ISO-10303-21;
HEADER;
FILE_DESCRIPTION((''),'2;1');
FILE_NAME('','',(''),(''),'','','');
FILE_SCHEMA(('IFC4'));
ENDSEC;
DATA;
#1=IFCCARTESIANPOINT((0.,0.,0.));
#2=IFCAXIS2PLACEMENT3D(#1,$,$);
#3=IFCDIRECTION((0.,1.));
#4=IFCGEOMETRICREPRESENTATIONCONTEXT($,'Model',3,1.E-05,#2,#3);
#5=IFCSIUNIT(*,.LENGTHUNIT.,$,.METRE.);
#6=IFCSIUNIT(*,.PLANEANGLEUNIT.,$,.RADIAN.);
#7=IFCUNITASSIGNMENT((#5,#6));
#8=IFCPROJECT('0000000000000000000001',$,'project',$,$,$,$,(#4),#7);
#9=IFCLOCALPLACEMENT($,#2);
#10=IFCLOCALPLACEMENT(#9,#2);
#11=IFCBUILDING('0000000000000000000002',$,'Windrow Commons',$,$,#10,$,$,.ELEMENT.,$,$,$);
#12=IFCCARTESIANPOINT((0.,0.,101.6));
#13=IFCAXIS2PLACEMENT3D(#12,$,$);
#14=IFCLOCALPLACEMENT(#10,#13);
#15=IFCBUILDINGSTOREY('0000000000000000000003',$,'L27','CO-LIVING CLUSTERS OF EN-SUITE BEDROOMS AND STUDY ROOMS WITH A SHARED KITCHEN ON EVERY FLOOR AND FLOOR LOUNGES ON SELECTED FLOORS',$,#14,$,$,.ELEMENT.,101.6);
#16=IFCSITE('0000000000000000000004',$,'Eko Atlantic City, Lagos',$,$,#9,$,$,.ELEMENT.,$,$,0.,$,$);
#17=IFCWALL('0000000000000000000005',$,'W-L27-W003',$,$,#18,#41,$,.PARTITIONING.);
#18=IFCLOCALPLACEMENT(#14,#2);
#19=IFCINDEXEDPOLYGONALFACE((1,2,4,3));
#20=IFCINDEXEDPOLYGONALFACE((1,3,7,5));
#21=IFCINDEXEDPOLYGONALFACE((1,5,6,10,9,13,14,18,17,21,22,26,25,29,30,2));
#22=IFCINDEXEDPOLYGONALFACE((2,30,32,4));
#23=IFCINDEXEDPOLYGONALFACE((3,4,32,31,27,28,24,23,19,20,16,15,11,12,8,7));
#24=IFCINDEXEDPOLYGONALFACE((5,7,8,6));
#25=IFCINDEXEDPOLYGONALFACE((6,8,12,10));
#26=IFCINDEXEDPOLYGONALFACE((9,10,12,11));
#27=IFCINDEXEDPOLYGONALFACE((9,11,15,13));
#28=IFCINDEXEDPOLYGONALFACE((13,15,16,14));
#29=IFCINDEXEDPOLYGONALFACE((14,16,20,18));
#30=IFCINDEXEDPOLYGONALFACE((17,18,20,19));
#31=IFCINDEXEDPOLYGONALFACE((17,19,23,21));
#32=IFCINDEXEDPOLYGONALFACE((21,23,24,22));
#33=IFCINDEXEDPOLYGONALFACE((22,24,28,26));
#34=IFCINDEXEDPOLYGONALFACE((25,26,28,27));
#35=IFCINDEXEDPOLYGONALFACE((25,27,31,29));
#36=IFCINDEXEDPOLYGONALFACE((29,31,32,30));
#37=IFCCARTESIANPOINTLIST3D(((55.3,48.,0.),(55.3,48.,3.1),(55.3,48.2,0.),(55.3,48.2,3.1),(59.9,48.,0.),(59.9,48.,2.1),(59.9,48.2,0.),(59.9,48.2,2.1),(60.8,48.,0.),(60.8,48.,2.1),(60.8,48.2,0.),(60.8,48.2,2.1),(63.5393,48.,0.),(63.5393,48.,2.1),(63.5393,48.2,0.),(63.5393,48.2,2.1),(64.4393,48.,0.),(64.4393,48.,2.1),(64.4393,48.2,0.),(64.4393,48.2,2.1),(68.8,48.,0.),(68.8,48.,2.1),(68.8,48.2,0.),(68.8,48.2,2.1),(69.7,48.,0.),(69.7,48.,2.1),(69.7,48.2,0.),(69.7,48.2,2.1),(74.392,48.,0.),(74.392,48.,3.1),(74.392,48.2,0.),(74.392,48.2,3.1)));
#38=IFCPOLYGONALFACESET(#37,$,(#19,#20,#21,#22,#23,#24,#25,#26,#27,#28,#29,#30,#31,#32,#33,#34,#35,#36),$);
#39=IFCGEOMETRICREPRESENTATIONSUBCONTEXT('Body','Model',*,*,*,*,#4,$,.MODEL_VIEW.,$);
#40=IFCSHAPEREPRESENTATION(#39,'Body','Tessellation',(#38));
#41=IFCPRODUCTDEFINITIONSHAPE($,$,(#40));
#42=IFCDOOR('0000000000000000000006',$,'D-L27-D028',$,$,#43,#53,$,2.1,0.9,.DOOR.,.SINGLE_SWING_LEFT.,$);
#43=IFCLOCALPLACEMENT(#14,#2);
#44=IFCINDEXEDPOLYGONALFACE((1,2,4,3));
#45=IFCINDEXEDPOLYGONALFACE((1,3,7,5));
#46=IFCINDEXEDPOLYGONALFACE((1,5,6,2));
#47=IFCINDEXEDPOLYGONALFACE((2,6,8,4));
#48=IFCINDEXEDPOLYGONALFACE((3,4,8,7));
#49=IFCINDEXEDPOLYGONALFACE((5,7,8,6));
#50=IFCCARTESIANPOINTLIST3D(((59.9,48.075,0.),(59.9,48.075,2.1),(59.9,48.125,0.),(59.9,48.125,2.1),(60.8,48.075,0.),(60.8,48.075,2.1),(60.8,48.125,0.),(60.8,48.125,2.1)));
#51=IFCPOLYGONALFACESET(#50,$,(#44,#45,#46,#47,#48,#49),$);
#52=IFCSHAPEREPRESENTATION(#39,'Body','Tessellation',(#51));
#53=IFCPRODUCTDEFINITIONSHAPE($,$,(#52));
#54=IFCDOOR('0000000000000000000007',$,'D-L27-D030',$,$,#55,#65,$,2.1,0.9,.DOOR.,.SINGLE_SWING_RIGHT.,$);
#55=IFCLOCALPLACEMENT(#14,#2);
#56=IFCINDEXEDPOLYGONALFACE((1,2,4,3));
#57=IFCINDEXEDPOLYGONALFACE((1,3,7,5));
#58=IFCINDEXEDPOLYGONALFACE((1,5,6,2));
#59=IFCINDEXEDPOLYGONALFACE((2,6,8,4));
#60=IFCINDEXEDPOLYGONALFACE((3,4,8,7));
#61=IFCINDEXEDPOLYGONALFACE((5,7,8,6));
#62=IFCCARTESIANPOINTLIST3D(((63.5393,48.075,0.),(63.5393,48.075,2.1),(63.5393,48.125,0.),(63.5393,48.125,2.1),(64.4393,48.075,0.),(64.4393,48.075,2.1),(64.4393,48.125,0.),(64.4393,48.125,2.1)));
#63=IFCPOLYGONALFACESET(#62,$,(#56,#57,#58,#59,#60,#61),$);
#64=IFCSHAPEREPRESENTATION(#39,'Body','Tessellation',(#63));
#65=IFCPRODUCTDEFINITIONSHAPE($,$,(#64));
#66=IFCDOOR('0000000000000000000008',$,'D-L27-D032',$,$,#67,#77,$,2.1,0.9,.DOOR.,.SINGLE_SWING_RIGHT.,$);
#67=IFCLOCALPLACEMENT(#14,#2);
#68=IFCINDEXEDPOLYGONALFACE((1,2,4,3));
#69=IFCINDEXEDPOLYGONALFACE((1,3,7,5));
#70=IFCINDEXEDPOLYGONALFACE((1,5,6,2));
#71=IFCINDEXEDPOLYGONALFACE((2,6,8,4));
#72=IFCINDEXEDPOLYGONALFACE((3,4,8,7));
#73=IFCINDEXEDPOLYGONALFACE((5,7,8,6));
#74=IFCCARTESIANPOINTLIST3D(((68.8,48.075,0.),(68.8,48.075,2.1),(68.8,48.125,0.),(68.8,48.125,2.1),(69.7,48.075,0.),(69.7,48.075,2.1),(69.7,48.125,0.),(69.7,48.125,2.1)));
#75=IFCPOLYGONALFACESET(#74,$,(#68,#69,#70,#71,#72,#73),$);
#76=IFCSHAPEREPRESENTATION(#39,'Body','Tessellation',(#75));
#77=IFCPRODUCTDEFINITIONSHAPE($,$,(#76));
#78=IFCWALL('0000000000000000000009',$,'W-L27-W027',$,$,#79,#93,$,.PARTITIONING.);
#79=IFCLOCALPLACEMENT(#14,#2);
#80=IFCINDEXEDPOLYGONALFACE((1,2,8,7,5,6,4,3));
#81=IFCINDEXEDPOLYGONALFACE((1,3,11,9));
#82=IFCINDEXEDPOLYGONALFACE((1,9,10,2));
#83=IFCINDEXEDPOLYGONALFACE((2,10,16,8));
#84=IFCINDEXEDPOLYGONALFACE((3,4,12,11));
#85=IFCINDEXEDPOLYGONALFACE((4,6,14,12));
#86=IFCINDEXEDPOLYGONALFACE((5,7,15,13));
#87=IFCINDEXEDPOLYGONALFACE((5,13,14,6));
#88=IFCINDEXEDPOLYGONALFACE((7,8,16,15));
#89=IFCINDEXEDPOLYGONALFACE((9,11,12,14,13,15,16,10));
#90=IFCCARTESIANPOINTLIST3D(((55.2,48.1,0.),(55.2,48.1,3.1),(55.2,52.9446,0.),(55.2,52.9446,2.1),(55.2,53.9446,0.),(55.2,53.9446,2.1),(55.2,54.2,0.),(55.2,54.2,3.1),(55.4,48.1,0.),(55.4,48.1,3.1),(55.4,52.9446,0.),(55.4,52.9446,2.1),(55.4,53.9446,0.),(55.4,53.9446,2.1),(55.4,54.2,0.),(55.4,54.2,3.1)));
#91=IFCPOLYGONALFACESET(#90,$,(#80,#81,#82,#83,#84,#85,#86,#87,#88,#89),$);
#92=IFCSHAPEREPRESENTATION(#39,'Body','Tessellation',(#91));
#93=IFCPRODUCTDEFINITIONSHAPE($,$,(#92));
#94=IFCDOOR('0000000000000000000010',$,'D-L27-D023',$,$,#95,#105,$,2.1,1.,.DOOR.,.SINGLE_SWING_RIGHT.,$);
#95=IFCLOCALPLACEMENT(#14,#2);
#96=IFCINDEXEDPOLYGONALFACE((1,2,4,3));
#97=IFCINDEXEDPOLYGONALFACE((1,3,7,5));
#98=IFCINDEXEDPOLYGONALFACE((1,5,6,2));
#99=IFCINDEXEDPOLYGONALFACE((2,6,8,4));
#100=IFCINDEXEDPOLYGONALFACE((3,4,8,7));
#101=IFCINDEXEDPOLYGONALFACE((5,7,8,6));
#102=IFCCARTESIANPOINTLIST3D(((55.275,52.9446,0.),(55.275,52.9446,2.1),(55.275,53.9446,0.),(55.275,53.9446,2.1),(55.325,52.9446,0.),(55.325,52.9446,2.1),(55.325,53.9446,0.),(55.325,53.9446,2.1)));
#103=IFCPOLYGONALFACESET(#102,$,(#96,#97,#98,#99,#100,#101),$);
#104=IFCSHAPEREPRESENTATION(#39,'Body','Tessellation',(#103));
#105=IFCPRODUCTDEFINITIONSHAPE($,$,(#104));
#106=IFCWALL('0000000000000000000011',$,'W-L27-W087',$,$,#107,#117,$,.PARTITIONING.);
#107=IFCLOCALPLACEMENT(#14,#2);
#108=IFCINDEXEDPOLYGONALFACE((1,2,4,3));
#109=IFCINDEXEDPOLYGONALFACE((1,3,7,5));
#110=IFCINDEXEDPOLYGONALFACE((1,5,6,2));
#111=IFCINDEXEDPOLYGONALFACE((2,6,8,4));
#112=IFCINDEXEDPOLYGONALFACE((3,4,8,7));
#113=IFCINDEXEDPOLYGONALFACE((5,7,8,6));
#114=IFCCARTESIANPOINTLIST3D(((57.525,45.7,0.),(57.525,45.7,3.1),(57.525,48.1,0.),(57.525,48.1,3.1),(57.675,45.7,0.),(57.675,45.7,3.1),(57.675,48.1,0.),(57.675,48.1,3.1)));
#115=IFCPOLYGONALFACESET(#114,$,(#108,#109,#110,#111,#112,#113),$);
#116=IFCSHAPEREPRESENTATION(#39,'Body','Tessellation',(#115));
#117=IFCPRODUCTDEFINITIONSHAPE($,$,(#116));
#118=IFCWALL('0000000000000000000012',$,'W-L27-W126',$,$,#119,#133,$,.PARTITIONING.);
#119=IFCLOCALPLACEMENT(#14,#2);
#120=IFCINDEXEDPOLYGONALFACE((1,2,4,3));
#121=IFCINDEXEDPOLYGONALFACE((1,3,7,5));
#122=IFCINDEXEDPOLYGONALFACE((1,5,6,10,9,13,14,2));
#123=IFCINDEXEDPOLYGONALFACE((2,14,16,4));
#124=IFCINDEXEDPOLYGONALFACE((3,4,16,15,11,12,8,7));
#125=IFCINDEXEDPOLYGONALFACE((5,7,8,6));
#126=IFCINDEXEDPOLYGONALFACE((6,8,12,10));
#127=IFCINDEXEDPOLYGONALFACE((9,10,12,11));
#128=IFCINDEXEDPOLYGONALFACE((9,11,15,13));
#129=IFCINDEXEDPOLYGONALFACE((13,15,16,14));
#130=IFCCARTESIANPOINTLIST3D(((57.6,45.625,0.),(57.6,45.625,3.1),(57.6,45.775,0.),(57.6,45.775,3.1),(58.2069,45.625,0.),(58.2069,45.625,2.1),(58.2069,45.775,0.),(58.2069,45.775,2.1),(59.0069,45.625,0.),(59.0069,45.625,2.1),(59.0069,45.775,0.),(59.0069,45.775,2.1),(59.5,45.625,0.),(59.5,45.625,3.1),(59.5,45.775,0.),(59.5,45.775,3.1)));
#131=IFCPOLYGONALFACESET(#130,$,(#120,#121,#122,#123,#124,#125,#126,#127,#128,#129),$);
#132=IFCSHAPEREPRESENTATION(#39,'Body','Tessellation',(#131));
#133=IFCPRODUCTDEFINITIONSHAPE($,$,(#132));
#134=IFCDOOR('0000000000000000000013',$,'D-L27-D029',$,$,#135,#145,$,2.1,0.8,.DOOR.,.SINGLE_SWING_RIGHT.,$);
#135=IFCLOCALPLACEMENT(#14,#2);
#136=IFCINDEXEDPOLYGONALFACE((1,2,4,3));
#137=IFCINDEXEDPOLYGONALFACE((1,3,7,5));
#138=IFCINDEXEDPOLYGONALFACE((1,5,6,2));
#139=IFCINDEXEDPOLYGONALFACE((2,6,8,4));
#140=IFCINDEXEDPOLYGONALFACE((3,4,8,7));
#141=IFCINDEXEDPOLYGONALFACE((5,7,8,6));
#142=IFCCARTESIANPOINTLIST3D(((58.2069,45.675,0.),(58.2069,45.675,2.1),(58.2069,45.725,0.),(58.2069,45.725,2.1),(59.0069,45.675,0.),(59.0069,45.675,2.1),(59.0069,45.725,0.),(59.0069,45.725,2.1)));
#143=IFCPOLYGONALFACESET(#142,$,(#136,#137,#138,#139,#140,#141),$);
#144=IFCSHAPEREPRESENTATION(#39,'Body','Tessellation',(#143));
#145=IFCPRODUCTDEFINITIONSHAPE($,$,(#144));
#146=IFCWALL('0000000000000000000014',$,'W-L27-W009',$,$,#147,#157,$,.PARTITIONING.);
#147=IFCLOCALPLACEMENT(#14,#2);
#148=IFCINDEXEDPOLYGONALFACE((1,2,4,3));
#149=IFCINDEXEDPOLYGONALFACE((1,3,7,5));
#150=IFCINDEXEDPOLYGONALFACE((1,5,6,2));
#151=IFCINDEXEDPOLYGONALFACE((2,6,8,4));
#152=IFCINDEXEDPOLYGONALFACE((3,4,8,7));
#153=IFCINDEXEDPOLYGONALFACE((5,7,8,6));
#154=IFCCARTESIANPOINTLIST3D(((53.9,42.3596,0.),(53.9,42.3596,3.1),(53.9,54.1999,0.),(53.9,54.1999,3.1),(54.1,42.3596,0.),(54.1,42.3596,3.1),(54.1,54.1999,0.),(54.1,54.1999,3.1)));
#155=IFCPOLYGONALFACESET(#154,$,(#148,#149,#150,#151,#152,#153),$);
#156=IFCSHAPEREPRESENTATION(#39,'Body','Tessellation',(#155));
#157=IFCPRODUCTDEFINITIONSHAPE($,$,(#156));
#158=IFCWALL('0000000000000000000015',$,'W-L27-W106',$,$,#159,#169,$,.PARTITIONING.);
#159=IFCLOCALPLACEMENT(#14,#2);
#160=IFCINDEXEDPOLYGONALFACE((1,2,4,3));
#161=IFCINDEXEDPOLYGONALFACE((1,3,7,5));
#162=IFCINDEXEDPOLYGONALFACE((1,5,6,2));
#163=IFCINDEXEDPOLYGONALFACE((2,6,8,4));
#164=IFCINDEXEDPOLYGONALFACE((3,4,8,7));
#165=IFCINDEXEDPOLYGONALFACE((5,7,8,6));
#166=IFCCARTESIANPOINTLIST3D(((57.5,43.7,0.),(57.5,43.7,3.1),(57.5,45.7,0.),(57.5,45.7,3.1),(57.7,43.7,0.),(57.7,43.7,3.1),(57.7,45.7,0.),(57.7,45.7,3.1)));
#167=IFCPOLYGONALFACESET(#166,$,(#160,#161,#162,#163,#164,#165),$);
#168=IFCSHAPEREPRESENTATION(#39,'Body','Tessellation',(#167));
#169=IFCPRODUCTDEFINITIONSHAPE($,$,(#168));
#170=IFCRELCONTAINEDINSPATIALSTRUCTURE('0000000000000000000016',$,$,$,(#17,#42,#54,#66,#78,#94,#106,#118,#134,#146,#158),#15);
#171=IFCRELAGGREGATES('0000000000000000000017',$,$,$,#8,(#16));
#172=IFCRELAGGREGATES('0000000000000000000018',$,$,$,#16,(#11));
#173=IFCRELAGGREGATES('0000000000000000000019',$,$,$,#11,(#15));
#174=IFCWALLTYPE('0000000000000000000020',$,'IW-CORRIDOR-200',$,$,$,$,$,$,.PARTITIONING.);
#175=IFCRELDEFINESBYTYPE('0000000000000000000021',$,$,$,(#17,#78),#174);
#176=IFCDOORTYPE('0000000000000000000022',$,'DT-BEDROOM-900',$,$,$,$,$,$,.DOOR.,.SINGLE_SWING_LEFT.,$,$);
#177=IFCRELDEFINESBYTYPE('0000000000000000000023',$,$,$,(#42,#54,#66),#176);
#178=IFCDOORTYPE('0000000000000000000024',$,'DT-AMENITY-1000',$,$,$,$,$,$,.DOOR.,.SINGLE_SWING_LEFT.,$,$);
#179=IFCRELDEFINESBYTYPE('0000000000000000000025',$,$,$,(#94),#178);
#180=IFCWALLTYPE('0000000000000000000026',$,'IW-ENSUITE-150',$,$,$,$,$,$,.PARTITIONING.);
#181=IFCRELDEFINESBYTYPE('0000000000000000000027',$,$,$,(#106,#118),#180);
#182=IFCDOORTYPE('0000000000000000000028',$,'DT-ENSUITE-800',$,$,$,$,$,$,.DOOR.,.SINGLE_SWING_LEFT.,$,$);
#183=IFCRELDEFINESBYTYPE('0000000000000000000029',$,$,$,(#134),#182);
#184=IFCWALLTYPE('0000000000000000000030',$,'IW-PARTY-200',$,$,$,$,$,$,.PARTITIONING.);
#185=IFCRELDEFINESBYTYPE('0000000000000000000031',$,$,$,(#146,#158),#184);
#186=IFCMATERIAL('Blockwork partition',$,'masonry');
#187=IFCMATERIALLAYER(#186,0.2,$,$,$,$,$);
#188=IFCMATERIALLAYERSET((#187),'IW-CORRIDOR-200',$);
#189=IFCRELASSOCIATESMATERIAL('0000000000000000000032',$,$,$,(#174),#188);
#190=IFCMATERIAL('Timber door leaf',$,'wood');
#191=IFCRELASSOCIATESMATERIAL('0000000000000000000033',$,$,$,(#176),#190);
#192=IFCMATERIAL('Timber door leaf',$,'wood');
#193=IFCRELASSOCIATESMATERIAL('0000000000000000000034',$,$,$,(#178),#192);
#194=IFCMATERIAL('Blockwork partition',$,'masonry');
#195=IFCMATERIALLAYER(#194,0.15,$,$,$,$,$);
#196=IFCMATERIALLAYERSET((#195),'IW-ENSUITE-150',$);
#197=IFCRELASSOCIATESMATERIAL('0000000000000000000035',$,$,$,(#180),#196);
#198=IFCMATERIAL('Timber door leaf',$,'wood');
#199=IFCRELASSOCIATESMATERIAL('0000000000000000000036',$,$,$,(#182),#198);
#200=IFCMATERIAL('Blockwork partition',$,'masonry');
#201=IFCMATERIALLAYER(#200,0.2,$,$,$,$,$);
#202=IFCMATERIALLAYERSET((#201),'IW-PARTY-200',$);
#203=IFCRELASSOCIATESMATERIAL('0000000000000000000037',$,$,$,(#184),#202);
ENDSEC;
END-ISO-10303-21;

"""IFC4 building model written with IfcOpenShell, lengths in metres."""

from ifc_helpers import new_model, si_unit, direction, frame, frame_2d, origin, place, context, subcontext, project, spatial, rectangle, extrude, material, layer, layer_set, type_object, element, fill, save


model = new_model("IFC4")

# Units and contexts
model_context = context("Model", 3, precision=1e-05, world=origin(), true_north=direction((0.0, 1.0)))
body_context = subcontext(model_context, "Body", "Model", "MODEL_VIEW")
ifc_project = project(units=[si_unit("LENGTHUNIT", "METRE"), si_unit("PLANEANGLEUNIT", "RADIAN")], contexts=[model_context])

# Site, building, storey
site_placement = place(None, origin())
site = spatial("IfcSite", under=ifc_project, at=site_placement, Name="Eko Atlantic City, Lagos", CompositionType="ELEMENT", RefElevation=0.0)
building_placement = place(site_placement, origin())
building = spatial("IfcBuilding", under=site, at=building_placement, Name="Windrow Commons", CompositionType="ELEMENT")
storey_placement = place(building_placement, frame((0.0, 0.0, 101.6)))
storey = spatial("IfcBuildingStorey", under=building, at=storey_placement, Name="L27", Description="CO-LIVING CLUSTERS OF EN-SUITE BEDROOMS AND STUDY ROOMS WITH A SHARED KITCHEN ON EVERY FLOOR AND FLOOR LOUNGES ON SELECTED FLOORS", CompositionType="ELEMENT", Elevation=101.6)

# Wall, openings, doors
ifc_material_1 = material(Name="Blockwork partition", Category="masonry")
ifc_layer_1 = layer(ifc_material_1, 0.2)
ifc_layer_set_1 = layer_set([ifc_layer_1], Name="IW-CORRIDOR-200")
wall_type_1 = type_object("IfcWallType", Name="IW-CORRIDOR-200", PredefinedType="PARTITIONING", material=ifc_layer_set_1)
wall_1_placement = place(storey_placement, frame((55.3, 48.1, 0.0), z_axis=(0.0, 0.0, 1.0), x_axis=(1.0, 0.0, 0.0)))
wall_1 = element("IfcWall", 1, at=wall_1_placement, inside=storey, type_object=wall_type_1, Name="W-L27-W003", PredefinedType="PARTITIONING", context=body_context, shape_type="SweptSolid", body=[
    extrude(rectangle(XDim=19.092, YDim=0.2, at=frame_2d((9.546, 0.0))), origin(), (0.0, 0.0, 1.0), 3.1),
])
opening_1_placement = place(wall_1_placement, frame((4.6, 0.0, 0.0)))
opening_1 = element("IfcOpeningElement", 2, at=opening_1_placement, cuts=wall_1, PredefinedType="OPENING", context=body_context, shape_type="SweptSolid", body=[
    extrude(rectangle(XDim=0.9, YDim=2.1, at=frame_2d((0.45, 1.05))), frame((0.0, 0.11, 0.0), z_axis=(0.0, -1.0, 0.0), x_axis=(1.0, 0.0, 0.0)), (0.0, 0.0, 1.0), 0.22),
])
opening_2_placement = place(wall_1_placement, frame((8.2393, 0.0, 0.0)))
opening_2 = element("IfcOpeningElement", 3, at=opening_2_placement, cuts=wall_1, PredefinedType="OPENING", context=body_context, shape_type="SweptSolid", body=[
    extrude(rectangle(XDim=0.9, YDim=2.1, at=frame_2d((0.45, 1.05))), frame((0.0, 0.11, 0.0), z_axis=(0.0, -1.0, 0.0), x_axis=(1.0, 0.0, 0.0)), (0.0, 0.0, 1.0), 0.22),
])
opening_3_placement = place(wall_1_placement, frame((13.5, 0.0, 0.0)))
opening_3 = element("IfcOpeningElement", 4, at=opening_3_placement, cuts=wall_1, PredefinedType="OPENING", context=body_context, shape_type="SweptSolid", body=[
    extrude(rectangle(XDim=0.9, YDim=2.1, at=frame_2d((0.45, 1.05))), frame((0.0, 0.11, 0.0), z_axis=(0.0, -1.0, 0.0), x_axis=(1.0, 0.0, 0.0)), (0.0, 0.0, 1.0), 0.22),
])
ifc_material_2 = material(Name="Timber door leaf", Category="wood")
door_type_1 = type_object("IfcDoorType", Name="DT-BEDROOM-900", OperationType="SINGLE_SWING_LEFT", PredefinedType="DOOR", material=ifc_material_2)
door_1_placement = place(opening_1_placement, origin())
door_1 = element("IfcDoor", 5, at=door_1_placement, inside=storey, type_object=door_type_1, Name="D-L27-D028", OperationType="SINGLE_SWING_LEFT", OverallHeight=2.1, OverallWidth=0.9, PredefinedType="DOOR", context=body_context, shape_type="SweptSolid", body=[
    extrude(rectangle(XDim=0.9, YDim=2.1, at=frame_2d((0.45, 1.05))), frame((0.0, 0.025, 0.0), z_axis=(0.0, -1.0, 0.0), x_axis=(1.0, 0.0, 0.0)), (0.0, 0.0, 1.0), 0.05),
])
fill(opening_1, door_1)
door_2_placement = place(opening_2_placement, origin())
door_2 = element("IfcDoor", 6, at=door_2_placement, inside=storey, type_object=door_type_1, Name="D-L27-D030", OperationType="SINGLE_SWING_RIGHT", OverallHeight=2.1, OverallWidth=0.9, PredefinedType="DOOR", context=body_context, shape_type="SweptSolid", body=[
    extrude(rectangle(XDim=0.9, YDim=2.1, at=frame_2d((0.45, 1.05))), frame((0.0, 0.025, 0.0), z_axis=(0.0, -1.0, 0.0), x_axis=(1.0, 0.0, 0.0)), (0.0, 0.0, 1.0), 0.05),
])
fill(opening_2, door_2)
door_3_placement = place(opening_3_placement, origin())
door_3 = element("IfcDoor", 7, at=door_3_placement, inside=storey, type_object=door_type_1, Name="D-L27-D032", OperationType="SINGLE_SWING_RIGHT", OverallHeight=2.1, OverallWidth=0.9, PredefinedType="DOOR", context=body_context, shape_type="SweptSolid", body=[
    extrude(rectangle(XDim=0.9, YDim=2.1, at=frame_2d((0.45, 1.05))), frame((0.0, 0.025, 0.0), z_axis=(0.0, -1.0, 0.0), x_axis=(1.0, 0.0, 0.0)), (0.0, 0.0, 1.0), 0.05),
])
fill(opening_3, door_3)

# Wall, opening, door
wall_2_placement = place(storey_placement, frame((55.3, 48.1, 0.0), z_axis=(0.0, 0.0, 1.0), x_axis=(0.0, 1.0, 0.0)))
wall_2 = element("IfcWall", 8, at=wall_2_placement, inside=storey, type_object=wall_type_1, Name="W-L27-W027", PredefinedType="PARTITIONING", context=body_context, shape_type="SweptSolid", body=[
    extrude(rectangle(XDim=6.1, YDim=0.2, at=frame_2d((3.05, 0.0))), origin(), (0.0, 0.0, 1.0), 3.1),
])
opening_4_placement = place(wall_2_placement, frame((4.8446, 0.0, 0.0)))
opening_4 = element("IfcOpeningElement", 9, at=opening_4_placement, cuts=wall_2, PredefinedType="OPENING", context=body_context, shape_type="SweptSolid", body=[
    extrude(rectangle(XDim=1.0, YDim=2.1, at=frame_2d((0.5, 1.05))), frame((0.0, 0.11, 0.0), z_axis=(0.0, -1.0, 0.0), x_axis=(1.0, 0.0, 0.0)), (0.0, 0.0, 1.0), 0.22),
])
ifc_material_3 = material(Name="Timber door leaf", Category="wood")
door_type_2 = type_object("IfcDoorType", Name="DT-AMENITY-1000", OperationType="SINGLE_SWING_LEFT", PredefinedType="DOOR", material=ifc_material_3)
door_4_placement = place(opening_4_placement, origin())
door_4 = element("IfcDoor", 10, at=door_4_placement, inside=storey, type_object=door_type_2, Name="D-L27-D023", OperationType="SINGLE_SWING_RIGHT", OverallHeight=2.1, OverallWidth=1.0, PredefinedType="DOOR", context=body_context, shape_type="SweptSolid", body=[
    extrude(rectangle(XDim=1.0, YDim=2.1, at=frame_2d((0.5, 1.05))), frame((0.0, 0.025, 0.0), z_axis=(0.0, -1.0, 0.0), x_axis=(1.0, 0.0, 0.0)), (0.0, 0.0, 1.0), 0.05),
])
fill(opening_4, door_4)

# Wall
ifc_material_4 = material(Name="Blockwork partition", Category="masonry")
ifc_layer_2 = layer(ifc_material_4, 0.15)
ifc_layer_set_2 = layer_set([ifc_layer_2], Name="IW-ENSUITE-150")
wall_type_2 = type_object("IfcWallType", Name="IW-ENSUITE-150", PredefinedType="PARTITIONING", material=ifc_layer_set_2)
wall_3_placement = place(storey_placement, frame((57.6, 45.7, 0.0), z_axis=(0.0, 0.0, 1.0), x_axis=(0.0, 1.0, 0.0)))
element("IfcWall", 11, at=wall_3_placement, inside=storey, type_object=wall_type_2, Name="W-L27-W087", PredefinedType="PARTITIONING", context=body_context, shape_type="SweptSolid", body=[
    extrude(rectangle(XDim=2.4, YDim=0.15, at=frame_2d((1.2, 0.0))), origin(), (0.0, 0.0, 1.0), 3.1),
])

# Wall, opening, door
wall_4_placement = place(storey_placement, frame((57.6, 45.7, 0.0), z_axis=(0.0, 0.0, 1.0), x_axis=(1.0, 0.0, 0.0)))
wall_4 = element("IfcWall", 12, at=wall_4_placement, inside=storey, type_object=wall_type_2, Name="W-L27-W126", PredefinedType="PARTITIONING", context=body_context, shape_type="SweptSolid", body=[
    extrude(rectangle(XDim=1.9, YDim=0.15, at=frame_2d((0.95, 0.0))), origin(), (0.0, 0.0, 1.0), 3.1),
])
opening_5_placement = place(wall_4_placement, frame((0.6069, 0.0, 0.0)))
opening_5 = element("IfcOpeningElement", 13, at=opening_5_placement, cuts=wall_4, PredefinedType="OPENING", context=body_context, shape_type="SweptSolid", body=[
    extrude(rectangle(XDim=0.8, YDim=2.1, at=frame_2d((0.4, 1.05))), frame((0.0, 0.085, 0.0), z_axis=(0.0, -1.0, 0.0), x_axis=(1.0, 0.0, 0.0)), (0.0, 0.0, 1.0), 0.17),
])
ifc_material_5 = material(Name="Timber door leaf", Category="wood")
door_type_3 = type_object("IfcDoorType", Name="DT-ENSUITE-800", OperationType="SINGLE_SWING_LEFT", PredefinedType="DOOR", material=ifc_material_5)
door_5_placement = place(opening_5_placement, origin())
door_5 = element("IfcDoor", 14, at=door_5_placement, inside=storey, type_object=door_type_3, Name="D-L27-D029", OperationType="SINGLE_SWING_RIGHT", OverallHeight=2.1, OverallWidth=0.8, PredefinedType="DOOR", context=body_context, shape_type="SweptSolid", body=[
    extrude(rectangle(XDim=0.8, YDim=2.1, at=frame_2d((0.4, 1.05))), frame((0.0, 0.025, 0.0), z_axis=(0.0, -1.0, 0.0), x_axis=(1.0, 0.0, 0.0)), (0.0, 0.0, 1.0), 0.05),
])
fill(opening_5, door_5)

# Walls
ifc_material_6 = material(Name="Blockwork partition", Category="masonry")
ifc_layer_3 = layer(ifc_material_6, 0.2)
ifc_layer_set_3 = layer_set([ifc_layer_3], Name="IW-PARTY-200")
wall_type_3 = type_object("IfcWallType", Name="IW-PARTY-200", PredefinedType="PARTITIONING", material=ifc_layer_set_3)
wall_5_placement = place(storey_placement, frame((54.0, 42.3597, 0.0), z_axis=(0.0, 0.0, 1.0), x_axis=(0.0, 1.0, 0.0)))
element("IfcWall", 15, at=wall_5_placement, inside=storey, type_object=wall_type_3, Name="W-L27-W009", PredefinedType="PARTITIONING", context=body_context, shape_type="SweptSolid", body=[
    extrude(rectangle(XDim=11.8403, YDim=0.2, at=frame_2d((5.9201, 0.0))), origin(), (0.0, 0.0, 1.0), 3.1),
])
wall_6_placement = place(storey_placement, frame((57.6, 43.7, 0.0), z_axis=(0.0, 0.0, 1.0), x_axis=(0.0, 1.0, 0.0)))
element("IfcWall", 16, at=wall_6_placement, inside=storey, type_object=wall_type_3, Name="W-L27-W106", PredefinedType="PARTITIONING", context=body_context, shape_type="SweptSolid", body=[
    extrude(rectangle(XDim=2.0, YDim=0.2, at=frame_2d((1.0, 0.0))), origin(), (0.0, 0.0, 1.0), 3.1),
])

save(model, "model.ifc")
